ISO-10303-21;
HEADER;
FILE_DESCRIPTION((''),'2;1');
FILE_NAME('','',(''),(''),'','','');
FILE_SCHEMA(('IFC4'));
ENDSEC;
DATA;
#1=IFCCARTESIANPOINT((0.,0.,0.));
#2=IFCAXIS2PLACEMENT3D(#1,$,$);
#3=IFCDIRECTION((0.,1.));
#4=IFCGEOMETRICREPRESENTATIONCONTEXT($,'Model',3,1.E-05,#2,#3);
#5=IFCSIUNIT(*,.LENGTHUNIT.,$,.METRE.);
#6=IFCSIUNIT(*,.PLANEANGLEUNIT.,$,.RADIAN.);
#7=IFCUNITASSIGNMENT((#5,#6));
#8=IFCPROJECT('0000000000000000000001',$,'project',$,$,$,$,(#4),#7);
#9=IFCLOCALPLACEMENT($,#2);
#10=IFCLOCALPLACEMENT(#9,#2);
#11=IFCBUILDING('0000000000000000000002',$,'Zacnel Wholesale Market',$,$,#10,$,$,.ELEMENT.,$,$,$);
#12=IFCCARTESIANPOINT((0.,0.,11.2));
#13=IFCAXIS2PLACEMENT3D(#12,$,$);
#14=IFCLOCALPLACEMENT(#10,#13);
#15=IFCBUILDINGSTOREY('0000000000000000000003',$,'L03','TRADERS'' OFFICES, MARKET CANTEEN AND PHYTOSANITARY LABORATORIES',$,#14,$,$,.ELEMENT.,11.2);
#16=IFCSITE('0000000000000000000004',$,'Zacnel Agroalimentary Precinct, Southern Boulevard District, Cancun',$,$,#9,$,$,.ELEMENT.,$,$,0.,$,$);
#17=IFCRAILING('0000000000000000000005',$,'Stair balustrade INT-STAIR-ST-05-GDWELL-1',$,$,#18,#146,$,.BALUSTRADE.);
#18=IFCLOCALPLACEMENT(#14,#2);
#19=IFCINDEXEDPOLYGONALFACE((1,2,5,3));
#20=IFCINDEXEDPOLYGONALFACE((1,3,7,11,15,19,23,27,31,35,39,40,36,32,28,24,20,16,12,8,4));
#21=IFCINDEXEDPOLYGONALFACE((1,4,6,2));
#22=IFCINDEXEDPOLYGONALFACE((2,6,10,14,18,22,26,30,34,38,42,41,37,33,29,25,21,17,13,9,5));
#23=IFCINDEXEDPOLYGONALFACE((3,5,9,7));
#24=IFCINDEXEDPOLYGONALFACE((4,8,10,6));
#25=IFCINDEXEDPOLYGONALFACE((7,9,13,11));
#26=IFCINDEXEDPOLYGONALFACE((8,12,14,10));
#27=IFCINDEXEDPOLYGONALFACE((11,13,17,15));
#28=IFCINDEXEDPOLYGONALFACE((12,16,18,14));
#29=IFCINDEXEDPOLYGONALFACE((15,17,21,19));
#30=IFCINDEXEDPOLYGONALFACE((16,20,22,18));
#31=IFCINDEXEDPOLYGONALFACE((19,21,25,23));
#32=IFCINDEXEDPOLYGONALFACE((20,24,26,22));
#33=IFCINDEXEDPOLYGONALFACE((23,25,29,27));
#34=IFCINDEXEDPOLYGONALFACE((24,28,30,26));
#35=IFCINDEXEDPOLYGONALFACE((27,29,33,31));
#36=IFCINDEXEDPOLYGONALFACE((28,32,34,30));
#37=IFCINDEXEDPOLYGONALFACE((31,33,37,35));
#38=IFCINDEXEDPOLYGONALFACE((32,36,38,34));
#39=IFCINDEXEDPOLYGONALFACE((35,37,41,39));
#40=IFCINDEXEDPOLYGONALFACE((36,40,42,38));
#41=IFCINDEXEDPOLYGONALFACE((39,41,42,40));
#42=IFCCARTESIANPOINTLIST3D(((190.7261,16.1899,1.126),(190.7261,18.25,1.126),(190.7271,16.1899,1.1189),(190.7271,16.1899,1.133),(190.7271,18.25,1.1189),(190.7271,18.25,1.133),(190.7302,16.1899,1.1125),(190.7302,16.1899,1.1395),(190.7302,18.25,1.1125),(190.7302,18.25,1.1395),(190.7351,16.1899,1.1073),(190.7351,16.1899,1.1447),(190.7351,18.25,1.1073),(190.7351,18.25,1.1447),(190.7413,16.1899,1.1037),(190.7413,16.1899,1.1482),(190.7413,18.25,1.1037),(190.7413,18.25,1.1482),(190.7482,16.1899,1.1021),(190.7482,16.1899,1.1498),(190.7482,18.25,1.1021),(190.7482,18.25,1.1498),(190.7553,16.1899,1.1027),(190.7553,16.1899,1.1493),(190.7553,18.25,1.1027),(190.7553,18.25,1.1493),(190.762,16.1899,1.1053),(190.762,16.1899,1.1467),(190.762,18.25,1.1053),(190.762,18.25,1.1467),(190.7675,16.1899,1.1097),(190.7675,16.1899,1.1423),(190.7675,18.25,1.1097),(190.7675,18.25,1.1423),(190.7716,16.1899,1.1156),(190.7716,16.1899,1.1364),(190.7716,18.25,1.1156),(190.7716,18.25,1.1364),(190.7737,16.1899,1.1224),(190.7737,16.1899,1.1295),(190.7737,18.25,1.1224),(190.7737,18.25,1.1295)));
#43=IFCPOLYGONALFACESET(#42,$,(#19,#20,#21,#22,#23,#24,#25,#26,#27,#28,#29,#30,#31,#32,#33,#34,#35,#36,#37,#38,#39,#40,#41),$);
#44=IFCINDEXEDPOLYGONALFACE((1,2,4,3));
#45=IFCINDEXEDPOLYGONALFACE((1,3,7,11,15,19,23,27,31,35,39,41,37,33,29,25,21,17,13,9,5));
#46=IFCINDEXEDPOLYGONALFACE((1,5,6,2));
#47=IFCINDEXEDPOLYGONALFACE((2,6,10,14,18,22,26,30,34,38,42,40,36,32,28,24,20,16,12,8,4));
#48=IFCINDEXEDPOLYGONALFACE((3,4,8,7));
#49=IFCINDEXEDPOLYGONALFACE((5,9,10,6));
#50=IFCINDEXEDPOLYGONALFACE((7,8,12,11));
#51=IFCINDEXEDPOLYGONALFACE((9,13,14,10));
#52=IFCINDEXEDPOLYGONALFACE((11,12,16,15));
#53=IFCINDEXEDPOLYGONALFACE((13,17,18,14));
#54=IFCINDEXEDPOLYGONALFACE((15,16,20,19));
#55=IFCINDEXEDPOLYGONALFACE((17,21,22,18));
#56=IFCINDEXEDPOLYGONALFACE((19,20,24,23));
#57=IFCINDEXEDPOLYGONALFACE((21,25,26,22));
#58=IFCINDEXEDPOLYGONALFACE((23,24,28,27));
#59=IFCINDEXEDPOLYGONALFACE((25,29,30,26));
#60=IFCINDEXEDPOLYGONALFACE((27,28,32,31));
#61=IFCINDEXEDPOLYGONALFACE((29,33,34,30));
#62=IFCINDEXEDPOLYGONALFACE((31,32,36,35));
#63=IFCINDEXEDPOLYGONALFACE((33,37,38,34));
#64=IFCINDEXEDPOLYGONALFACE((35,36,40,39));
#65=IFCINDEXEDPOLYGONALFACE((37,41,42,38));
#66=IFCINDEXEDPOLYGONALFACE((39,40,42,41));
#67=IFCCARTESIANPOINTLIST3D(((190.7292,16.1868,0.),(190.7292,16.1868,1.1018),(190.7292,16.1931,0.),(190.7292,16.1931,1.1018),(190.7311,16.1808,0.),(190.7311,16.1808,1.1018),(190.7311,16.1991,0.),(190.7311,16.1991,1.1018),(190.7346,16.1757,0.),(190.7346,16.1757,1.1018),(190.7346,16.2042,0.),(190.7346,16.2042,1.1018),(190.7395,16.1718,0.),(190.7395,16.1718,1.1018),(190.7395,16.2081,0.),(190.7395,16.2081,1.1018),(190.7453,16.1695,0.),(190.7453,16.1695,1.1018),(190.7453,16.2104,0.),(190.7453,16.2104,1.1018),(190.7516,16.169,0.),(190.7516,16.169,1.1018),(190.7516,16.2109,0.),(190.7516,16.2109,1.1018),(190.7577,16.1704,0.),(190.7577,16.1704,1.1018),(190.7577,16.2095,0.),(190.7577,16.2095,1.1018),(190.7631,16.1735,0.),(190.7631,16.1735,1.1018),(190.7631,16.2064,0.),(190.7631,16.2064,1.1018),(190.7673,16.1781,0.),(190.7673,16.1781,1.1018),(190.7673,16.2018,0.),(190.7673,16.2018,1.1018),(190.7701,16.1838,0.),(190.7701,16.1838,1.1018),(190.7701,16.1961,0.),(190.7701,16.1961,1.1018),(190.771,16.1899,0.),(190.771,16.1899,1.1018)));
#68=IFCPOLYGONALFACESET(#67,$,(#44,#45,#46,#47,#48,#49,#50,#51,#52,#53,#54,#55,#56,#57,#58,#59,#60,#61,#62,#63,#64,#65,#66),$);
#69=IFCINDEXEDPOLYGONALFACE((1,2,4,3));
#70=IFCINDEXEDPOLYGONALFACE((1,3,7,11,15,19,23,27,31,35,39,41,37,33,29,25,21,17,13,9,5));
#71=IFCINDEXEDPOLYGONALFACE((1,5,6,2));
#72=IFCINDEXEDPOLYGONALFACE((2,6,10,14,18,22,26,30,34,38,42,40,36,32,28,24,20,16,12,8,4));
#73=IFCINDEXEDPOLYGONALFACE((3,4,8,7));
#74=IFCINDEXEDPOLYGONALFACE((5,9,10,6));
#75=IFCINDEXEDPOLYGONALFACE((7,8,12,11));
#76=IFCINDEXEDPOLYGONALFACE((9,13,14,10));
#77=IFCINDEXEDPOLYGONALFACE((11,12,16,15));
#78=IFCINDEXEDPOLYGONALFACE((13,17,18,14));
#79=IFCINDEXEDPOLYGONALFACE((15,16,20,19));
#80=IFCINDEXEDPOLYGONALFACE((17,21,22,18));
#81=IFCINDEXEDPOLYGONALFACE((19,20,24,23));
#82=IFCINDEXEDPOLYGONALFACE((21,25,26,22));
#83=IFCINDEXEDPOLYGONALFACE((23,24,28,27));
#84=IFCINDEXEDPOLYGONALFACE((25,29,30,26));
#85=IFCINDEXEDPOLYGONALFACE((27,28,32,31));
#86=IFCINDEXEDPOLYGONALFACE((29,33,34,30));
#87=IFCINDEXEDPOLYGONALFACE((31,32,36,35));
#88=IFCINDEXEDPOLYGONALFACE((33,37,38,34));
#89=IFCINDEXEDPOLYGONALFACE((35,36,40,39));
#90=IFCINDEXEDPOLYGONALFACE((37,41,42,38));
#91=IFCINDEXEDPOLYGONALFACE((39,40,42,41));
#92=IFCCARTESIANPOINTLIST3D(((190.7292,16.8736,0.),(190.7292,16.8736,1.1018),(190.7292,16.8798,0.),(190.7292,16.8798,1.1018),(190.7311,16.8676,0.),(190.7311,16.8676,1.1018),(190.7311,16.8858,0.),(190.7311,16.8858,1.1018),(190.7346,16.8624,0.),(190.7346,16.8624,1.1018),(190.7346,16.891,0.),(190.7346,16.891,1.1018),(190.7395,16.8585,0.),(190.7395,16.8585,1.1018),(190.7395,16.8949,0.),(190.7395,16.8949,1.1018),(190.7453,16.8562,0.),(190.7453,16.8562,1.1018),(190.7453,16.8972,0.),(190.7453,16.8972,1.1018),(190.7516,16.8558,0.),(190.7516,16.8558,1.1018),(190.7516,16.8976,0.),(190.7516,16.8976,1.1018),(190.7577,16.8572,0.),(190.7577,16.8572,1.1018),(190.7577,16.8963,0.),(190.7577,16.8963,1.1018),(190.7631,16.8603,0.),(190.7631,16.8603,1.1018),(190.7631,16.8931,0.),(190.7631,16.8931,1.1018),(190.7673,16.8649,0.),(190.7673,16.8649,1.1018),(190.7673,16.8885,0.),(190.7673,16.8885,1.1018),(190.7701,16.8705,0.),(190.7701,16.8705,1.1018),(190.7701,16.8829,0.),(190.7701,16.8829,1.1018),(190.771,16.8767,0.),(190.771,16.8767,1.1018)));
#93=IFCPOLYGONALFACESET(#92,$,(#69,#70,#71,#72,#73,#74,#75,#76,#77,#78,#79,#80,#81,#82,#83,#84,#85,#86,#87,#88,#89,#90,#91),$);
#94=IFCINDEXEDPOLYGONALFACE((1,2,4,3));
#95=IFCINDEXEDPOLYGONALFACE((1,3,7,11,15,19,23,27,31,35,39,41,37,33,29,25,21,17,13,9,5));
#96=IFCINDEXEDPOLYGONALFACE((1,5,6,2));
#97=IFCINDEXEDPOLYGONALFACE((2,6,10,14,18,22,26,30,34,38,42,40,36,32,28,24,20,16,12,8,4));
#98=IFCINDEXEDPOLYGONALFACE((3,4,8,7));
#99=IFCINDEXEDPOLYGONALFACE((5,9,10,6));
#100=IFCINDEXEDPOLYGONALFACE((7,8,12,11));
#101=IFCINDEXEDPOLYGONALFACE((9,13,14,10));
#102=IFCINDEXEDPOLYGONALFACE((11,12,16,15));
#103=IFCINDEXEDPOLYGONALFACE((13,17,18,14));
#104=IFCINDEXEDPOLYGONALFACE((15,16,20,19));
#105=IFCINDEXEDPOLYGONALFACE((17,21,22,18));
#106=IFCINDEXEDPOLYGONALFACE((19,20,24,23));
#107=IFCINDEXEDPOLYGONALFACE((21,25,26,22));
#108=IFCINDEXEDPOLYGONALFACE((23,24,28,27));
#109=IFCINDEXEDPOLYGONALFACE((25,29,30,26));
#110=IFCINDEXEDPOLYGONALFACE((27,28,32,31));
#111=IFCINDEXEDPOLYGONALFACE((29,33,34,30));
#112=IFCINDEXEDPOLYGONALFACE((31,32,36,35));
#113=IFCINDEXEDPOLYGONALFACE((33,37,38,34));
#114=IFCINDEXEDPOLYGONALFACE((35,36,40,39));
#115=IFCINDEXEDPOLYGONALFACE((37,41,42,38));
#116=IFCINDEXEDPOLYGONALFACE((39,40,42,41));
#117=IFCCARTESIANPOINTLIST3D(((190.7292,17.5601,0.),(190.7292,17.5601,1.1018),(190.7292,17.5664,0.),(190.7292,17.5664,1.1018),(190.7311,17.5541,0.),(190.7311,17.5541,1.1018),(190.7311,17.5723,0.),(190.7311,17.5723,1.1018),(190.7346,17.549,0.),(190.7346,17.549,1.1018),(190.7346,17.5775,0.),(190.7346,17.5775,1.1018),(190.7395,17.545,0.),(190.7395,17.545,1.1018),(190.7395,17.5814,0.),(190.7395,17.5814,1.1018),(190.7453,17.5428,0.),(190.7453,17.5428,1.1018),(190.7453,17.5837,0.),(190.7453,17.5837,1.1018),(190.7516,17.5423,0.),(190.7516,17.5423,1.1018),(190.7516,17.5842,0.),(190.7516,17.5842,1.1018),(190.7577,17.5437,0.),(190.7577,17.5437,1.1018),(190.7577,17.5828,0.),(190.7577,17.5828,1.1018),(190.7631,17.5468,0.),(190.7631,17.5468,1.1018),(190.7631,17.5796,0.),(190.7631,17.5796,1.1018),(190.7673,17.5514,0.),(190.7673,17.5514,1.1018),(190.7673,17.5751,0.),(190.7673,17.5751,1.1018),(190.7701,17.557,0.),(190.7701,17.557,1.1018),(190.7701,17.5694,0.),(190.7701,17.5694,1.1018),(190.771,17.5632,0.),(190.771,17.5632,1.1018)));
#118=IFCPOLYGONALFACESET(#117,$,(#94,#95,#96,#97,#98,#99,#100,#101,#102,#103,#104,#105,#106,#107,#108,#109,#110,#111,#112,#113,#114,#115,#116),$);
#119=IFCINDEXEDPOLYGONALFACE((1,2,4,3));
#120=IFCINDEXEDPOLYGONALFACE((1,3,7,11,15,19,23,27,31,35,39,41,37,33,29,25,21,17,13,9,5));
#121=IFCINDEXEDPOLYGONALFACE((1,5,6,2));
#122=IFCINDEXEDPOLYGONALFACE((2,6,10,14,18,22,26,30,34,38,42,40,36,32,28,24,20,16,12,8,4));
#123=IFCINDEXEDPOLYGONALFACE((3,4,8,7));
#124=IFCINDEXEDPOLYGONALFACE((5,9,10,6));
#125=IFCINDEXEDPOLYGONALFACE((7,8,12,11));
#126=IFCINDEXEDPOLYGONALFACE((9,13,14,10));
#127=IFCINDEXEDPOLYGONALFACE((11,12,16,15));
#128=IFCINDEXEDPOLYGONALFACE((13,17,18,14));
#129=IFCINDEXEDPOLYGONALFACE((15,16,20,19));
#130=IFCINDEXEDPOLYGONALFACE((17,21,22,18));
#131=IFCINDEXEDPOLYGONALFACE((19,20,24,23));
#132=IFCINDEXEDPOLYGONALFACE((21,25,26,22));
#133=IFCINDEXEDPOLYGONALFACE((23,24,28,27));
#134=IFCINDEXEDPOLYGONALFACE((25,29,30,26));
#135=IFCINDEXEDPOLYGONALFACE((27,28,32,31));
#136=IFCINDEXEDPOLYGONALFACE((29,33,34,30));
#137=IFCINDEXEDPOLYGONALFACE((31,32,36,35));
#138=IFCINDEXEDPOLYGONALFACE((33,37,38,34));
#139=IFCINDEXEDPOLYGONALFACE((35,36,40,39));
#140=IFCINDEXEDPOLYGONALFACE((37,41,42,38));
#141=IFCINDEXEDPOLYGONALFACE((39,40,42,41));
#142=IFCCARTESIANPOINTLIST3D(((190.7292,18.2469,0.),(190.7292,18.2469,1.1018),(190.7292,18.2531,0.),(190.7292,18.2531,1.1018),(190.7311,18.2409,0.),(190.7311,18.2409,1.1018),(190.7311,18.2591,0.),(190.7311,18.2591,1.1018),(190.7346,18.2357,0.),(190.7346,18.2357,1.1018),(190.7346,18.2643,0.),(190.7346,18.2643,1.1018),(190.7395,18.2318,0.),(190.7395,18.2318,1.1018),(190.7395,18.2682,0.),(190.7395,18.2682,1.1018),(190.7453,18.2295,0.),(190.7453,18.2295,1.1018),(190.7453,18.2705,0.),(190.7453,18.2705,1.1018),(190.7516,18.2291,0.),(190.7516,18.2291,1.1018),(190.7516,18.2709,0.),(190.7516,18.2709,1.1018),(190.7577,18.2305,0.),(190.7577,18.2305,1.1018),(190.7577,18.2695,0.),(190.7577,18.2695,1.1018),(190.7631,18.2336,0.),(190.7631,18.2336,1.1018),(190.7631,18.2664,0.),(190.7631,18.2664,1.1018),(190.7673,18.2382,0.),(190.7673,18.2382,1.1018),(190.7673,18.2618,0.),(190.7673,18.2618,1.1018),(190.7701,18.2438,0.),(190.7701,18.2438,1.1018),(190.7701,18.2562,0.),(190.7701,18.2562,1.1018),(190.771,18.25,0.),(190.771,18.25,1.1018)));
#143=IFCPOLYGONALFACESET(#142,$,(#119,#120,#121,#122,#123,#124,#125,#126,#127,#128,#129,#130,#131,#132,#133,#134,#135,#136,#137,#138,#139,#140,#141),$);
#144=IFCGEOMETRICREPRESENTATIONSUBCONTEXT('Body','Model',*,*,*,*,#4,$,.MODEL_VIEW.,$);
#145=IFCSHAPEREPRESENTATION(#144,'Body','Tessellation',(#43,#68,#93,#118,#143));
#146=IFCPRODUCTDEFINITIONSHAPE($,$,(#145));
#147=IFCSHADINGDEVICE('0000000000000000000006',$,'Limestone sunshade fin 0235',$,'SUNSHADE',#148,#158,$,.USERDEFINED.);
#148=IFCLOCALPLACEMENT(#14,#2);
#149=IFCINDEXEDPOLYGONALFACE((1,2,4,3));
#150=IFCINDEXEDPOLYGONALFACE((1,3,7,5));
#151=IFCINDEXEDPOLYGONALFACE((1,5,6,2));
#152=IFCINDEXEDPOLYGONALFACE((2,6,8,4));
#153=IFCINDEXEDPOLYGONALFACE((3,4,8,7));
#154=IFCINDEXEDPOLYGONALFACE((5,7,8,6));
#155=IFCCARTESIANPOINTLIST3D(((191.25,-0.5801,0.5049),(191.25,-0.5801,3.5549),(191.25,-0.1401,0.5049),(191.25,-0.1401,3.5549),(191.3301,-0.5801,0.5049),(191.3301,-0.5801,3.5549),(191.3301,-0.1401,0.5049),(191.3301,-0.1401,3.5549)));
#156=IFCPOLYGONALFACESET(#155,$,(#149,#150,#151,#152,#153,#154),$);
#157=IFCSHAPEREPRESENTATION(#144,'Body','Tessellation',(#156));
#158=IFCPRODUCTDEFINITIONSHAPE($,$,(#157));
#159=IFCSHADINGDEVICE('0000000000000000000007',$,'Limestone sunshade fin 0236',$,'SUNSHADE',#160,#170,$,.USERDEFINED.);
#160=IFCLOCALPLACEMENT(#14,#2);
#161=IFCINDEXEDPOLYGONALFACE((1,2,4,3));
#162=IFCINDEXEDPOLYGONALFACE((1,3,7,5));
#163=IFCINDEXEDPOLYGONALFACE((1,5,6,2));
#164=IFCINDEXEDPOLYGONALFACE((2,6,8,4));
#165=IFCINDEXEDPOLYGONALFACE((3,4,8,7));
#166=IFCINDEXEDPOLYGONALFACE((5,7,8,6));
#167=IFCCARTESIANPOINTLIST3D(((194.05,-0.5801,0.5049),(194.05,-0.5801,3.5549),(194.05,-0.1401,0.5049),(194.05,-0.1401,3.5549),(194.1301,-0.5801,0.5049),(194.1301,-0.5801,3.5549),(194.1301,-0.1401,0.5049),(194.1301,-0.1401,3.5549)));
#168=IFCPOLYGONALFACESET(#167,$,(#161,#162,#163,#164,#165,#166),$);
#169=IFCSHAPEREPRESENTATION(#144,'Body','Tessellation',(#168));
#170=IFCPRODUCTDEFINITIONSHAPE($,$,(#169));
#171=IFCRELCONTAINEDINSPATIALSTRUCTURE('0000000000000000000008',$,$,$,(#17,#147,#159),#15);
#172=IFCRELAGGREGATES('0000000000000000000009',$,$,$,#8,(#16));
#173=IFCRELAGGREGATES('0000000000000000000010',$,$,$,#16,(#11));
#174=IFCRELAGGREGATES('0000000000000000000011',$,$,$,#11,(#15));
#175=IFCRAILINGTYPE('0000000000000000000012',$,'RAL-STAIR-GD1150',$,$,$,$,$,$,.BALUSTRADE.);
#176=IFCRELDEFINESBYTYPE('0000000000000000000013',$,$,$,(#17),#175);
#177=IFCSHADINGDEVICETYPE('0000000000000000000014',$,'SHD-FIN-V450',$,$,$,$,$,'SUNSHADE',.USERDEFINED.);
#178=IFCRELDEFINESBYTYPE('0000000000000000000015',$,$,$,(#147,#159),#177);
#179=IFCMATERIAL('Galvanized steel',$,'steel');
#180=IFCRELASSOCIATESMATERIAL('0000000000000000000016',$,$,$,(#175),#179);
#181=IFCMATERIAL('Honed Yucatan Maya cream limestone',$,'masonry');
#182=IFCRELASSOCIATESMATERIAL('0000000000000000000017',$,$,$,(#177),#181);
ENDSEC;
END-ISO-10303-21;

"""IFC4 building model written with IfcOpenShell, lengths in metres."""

from ifc_helpers import new_model, si_unit, direction, frame, origin, origin_2d, place, context, subcontext, project, spatial, rectangle, circle, extrude, material, type_object, element, save


model = new_model("IFC4")

# Units and contexts
model_context = context("Model", 3, precision=1e-05, world=origin(), true_north=direction((0.0, 1.0)))
body_context = subcontext(model_context, "Body", "Model", "MODEL_VIEW")
ifc_project = project(units=[si_unit("LENGTHUNIT", "METRE"), si_unit("PLANEANGLEUNIT", "RADIAN")], contexts=[model_context])

# Site, building, storey
site_placement = place(None, origin())
site = spatial("IfcSite", under=ifc_project, at=site_placement, Name="Zacnel Agroalimentary Precinct, Southern Boulevard District, Cancun", CompositionType="ELEMENT", RefElevation=0.0)
building_placement = place(site_placement, origin())
building = spatial("IfcBuilding", under=site, at=building_placement, Name="Zacnel Wholesale Market", CompositionType="ELEMENT")
storey_placement = place(building_placement, frame((0.0, 0.0, 11.2)))
storey = spatial("IfcBuildingStorey", under=building, at=storey_placement, Name="L03", Description="TRADERS' OFFICES, MARKET CANTEEN AND PHYTOSANITARY LABORATORIES", CompositionType="ELEMENT", Elevation=11.2)

# Railing
ifc_material_1 = material(Name="Galvanized steel", Category="steel")
railing_type = type_object("IfcRailingType", Name="RAL-STAIR-GD1150", PredefinedType="BALUSTRADE", material=ifc_material_1)
railing_placement = place(storey_placement, frame((190.75, 16.1899, 0.0)))
element("IfcRailing", 1, at=railing_placement, inside=storey, type_object=railing_type, Name="Stair balustrade INT-STAIR-ST-05-GDWELL-1", PredefinedType="BALUSTRADE", context=body_context, shape_type="SweptSolid", body=[
    extrude(circle(Radius=0.0239, at=origin_2d()), frame((0.0, 0.0, 1.126), z_axis=(0.0, 1.0, 0.0), x_axis=(-1.0, 0.0, 0.0)), (0.0, 0.0, 1.0), 2.0601),
    extrude(circle(Radius=0.021, at=origin_2d()), origin(), (0.0, 0.0, 1.0), 1.1018),
    extrude(circle(Radius=0.021, at=origin_2d()), frame((0.0, 0.6868, 0.0)), (0.0, 0.0, 1.0), 1.1018),
    extrude(circle(Radius=0.021, at=origin_2d()), frame((0.0, 1.3733, 0.0)), (0.0, 0.0, 1.0), 1.1018),
    extrude(circle(Radius=0.021, at=origin_2d()), frame((0.0, 2.0601, 0.0)), (0.0, 0.0, 1.0), 1.1018),
])

# Shading devices
ifc_material_2 = material(Name="Honed Yucatan Maya cream limestone", Category="masonry")
shading_device_type = type_object("IfcShadingDeviceType", Name="SHD-FIN-V450", ElementType="SUNSHADE", PredefinedType="USERDEFINED", material=ifc_material_2)
for number, where, z_axis, x_axis, name in (
    (2, (191.29, -0.3601, 0.5049), (0.0, 0.0, 1.0), (1.0, 0.0, 0.0), "Limestone sunshade fin 0235"),
    (3, (194.0901, -0.3601, 0.5049), (0.0, 0.0, 1.0), (1.0, 0.0, 0.0), "Limestone sunshade fin 0236"),
):
    element("IfcShadingDevice", number, at=place(storey_placement, frame(where, z_axis=z_axis, x_axis=x_axis)), inside=storey, type_object=shading_device_type, Name=name, ObjectType="SUNSHADE", PredefinedType="USERDEFINED", context=body_context, shape_type="SweptSolid", body=[
        extrude(rectangle(XDim=0.0801, YDim=0.4399, at=origin_2d()), origin(), (0.0, 0.0, 1.0), 3.05),
    ])

save(model, "model.ifc")
